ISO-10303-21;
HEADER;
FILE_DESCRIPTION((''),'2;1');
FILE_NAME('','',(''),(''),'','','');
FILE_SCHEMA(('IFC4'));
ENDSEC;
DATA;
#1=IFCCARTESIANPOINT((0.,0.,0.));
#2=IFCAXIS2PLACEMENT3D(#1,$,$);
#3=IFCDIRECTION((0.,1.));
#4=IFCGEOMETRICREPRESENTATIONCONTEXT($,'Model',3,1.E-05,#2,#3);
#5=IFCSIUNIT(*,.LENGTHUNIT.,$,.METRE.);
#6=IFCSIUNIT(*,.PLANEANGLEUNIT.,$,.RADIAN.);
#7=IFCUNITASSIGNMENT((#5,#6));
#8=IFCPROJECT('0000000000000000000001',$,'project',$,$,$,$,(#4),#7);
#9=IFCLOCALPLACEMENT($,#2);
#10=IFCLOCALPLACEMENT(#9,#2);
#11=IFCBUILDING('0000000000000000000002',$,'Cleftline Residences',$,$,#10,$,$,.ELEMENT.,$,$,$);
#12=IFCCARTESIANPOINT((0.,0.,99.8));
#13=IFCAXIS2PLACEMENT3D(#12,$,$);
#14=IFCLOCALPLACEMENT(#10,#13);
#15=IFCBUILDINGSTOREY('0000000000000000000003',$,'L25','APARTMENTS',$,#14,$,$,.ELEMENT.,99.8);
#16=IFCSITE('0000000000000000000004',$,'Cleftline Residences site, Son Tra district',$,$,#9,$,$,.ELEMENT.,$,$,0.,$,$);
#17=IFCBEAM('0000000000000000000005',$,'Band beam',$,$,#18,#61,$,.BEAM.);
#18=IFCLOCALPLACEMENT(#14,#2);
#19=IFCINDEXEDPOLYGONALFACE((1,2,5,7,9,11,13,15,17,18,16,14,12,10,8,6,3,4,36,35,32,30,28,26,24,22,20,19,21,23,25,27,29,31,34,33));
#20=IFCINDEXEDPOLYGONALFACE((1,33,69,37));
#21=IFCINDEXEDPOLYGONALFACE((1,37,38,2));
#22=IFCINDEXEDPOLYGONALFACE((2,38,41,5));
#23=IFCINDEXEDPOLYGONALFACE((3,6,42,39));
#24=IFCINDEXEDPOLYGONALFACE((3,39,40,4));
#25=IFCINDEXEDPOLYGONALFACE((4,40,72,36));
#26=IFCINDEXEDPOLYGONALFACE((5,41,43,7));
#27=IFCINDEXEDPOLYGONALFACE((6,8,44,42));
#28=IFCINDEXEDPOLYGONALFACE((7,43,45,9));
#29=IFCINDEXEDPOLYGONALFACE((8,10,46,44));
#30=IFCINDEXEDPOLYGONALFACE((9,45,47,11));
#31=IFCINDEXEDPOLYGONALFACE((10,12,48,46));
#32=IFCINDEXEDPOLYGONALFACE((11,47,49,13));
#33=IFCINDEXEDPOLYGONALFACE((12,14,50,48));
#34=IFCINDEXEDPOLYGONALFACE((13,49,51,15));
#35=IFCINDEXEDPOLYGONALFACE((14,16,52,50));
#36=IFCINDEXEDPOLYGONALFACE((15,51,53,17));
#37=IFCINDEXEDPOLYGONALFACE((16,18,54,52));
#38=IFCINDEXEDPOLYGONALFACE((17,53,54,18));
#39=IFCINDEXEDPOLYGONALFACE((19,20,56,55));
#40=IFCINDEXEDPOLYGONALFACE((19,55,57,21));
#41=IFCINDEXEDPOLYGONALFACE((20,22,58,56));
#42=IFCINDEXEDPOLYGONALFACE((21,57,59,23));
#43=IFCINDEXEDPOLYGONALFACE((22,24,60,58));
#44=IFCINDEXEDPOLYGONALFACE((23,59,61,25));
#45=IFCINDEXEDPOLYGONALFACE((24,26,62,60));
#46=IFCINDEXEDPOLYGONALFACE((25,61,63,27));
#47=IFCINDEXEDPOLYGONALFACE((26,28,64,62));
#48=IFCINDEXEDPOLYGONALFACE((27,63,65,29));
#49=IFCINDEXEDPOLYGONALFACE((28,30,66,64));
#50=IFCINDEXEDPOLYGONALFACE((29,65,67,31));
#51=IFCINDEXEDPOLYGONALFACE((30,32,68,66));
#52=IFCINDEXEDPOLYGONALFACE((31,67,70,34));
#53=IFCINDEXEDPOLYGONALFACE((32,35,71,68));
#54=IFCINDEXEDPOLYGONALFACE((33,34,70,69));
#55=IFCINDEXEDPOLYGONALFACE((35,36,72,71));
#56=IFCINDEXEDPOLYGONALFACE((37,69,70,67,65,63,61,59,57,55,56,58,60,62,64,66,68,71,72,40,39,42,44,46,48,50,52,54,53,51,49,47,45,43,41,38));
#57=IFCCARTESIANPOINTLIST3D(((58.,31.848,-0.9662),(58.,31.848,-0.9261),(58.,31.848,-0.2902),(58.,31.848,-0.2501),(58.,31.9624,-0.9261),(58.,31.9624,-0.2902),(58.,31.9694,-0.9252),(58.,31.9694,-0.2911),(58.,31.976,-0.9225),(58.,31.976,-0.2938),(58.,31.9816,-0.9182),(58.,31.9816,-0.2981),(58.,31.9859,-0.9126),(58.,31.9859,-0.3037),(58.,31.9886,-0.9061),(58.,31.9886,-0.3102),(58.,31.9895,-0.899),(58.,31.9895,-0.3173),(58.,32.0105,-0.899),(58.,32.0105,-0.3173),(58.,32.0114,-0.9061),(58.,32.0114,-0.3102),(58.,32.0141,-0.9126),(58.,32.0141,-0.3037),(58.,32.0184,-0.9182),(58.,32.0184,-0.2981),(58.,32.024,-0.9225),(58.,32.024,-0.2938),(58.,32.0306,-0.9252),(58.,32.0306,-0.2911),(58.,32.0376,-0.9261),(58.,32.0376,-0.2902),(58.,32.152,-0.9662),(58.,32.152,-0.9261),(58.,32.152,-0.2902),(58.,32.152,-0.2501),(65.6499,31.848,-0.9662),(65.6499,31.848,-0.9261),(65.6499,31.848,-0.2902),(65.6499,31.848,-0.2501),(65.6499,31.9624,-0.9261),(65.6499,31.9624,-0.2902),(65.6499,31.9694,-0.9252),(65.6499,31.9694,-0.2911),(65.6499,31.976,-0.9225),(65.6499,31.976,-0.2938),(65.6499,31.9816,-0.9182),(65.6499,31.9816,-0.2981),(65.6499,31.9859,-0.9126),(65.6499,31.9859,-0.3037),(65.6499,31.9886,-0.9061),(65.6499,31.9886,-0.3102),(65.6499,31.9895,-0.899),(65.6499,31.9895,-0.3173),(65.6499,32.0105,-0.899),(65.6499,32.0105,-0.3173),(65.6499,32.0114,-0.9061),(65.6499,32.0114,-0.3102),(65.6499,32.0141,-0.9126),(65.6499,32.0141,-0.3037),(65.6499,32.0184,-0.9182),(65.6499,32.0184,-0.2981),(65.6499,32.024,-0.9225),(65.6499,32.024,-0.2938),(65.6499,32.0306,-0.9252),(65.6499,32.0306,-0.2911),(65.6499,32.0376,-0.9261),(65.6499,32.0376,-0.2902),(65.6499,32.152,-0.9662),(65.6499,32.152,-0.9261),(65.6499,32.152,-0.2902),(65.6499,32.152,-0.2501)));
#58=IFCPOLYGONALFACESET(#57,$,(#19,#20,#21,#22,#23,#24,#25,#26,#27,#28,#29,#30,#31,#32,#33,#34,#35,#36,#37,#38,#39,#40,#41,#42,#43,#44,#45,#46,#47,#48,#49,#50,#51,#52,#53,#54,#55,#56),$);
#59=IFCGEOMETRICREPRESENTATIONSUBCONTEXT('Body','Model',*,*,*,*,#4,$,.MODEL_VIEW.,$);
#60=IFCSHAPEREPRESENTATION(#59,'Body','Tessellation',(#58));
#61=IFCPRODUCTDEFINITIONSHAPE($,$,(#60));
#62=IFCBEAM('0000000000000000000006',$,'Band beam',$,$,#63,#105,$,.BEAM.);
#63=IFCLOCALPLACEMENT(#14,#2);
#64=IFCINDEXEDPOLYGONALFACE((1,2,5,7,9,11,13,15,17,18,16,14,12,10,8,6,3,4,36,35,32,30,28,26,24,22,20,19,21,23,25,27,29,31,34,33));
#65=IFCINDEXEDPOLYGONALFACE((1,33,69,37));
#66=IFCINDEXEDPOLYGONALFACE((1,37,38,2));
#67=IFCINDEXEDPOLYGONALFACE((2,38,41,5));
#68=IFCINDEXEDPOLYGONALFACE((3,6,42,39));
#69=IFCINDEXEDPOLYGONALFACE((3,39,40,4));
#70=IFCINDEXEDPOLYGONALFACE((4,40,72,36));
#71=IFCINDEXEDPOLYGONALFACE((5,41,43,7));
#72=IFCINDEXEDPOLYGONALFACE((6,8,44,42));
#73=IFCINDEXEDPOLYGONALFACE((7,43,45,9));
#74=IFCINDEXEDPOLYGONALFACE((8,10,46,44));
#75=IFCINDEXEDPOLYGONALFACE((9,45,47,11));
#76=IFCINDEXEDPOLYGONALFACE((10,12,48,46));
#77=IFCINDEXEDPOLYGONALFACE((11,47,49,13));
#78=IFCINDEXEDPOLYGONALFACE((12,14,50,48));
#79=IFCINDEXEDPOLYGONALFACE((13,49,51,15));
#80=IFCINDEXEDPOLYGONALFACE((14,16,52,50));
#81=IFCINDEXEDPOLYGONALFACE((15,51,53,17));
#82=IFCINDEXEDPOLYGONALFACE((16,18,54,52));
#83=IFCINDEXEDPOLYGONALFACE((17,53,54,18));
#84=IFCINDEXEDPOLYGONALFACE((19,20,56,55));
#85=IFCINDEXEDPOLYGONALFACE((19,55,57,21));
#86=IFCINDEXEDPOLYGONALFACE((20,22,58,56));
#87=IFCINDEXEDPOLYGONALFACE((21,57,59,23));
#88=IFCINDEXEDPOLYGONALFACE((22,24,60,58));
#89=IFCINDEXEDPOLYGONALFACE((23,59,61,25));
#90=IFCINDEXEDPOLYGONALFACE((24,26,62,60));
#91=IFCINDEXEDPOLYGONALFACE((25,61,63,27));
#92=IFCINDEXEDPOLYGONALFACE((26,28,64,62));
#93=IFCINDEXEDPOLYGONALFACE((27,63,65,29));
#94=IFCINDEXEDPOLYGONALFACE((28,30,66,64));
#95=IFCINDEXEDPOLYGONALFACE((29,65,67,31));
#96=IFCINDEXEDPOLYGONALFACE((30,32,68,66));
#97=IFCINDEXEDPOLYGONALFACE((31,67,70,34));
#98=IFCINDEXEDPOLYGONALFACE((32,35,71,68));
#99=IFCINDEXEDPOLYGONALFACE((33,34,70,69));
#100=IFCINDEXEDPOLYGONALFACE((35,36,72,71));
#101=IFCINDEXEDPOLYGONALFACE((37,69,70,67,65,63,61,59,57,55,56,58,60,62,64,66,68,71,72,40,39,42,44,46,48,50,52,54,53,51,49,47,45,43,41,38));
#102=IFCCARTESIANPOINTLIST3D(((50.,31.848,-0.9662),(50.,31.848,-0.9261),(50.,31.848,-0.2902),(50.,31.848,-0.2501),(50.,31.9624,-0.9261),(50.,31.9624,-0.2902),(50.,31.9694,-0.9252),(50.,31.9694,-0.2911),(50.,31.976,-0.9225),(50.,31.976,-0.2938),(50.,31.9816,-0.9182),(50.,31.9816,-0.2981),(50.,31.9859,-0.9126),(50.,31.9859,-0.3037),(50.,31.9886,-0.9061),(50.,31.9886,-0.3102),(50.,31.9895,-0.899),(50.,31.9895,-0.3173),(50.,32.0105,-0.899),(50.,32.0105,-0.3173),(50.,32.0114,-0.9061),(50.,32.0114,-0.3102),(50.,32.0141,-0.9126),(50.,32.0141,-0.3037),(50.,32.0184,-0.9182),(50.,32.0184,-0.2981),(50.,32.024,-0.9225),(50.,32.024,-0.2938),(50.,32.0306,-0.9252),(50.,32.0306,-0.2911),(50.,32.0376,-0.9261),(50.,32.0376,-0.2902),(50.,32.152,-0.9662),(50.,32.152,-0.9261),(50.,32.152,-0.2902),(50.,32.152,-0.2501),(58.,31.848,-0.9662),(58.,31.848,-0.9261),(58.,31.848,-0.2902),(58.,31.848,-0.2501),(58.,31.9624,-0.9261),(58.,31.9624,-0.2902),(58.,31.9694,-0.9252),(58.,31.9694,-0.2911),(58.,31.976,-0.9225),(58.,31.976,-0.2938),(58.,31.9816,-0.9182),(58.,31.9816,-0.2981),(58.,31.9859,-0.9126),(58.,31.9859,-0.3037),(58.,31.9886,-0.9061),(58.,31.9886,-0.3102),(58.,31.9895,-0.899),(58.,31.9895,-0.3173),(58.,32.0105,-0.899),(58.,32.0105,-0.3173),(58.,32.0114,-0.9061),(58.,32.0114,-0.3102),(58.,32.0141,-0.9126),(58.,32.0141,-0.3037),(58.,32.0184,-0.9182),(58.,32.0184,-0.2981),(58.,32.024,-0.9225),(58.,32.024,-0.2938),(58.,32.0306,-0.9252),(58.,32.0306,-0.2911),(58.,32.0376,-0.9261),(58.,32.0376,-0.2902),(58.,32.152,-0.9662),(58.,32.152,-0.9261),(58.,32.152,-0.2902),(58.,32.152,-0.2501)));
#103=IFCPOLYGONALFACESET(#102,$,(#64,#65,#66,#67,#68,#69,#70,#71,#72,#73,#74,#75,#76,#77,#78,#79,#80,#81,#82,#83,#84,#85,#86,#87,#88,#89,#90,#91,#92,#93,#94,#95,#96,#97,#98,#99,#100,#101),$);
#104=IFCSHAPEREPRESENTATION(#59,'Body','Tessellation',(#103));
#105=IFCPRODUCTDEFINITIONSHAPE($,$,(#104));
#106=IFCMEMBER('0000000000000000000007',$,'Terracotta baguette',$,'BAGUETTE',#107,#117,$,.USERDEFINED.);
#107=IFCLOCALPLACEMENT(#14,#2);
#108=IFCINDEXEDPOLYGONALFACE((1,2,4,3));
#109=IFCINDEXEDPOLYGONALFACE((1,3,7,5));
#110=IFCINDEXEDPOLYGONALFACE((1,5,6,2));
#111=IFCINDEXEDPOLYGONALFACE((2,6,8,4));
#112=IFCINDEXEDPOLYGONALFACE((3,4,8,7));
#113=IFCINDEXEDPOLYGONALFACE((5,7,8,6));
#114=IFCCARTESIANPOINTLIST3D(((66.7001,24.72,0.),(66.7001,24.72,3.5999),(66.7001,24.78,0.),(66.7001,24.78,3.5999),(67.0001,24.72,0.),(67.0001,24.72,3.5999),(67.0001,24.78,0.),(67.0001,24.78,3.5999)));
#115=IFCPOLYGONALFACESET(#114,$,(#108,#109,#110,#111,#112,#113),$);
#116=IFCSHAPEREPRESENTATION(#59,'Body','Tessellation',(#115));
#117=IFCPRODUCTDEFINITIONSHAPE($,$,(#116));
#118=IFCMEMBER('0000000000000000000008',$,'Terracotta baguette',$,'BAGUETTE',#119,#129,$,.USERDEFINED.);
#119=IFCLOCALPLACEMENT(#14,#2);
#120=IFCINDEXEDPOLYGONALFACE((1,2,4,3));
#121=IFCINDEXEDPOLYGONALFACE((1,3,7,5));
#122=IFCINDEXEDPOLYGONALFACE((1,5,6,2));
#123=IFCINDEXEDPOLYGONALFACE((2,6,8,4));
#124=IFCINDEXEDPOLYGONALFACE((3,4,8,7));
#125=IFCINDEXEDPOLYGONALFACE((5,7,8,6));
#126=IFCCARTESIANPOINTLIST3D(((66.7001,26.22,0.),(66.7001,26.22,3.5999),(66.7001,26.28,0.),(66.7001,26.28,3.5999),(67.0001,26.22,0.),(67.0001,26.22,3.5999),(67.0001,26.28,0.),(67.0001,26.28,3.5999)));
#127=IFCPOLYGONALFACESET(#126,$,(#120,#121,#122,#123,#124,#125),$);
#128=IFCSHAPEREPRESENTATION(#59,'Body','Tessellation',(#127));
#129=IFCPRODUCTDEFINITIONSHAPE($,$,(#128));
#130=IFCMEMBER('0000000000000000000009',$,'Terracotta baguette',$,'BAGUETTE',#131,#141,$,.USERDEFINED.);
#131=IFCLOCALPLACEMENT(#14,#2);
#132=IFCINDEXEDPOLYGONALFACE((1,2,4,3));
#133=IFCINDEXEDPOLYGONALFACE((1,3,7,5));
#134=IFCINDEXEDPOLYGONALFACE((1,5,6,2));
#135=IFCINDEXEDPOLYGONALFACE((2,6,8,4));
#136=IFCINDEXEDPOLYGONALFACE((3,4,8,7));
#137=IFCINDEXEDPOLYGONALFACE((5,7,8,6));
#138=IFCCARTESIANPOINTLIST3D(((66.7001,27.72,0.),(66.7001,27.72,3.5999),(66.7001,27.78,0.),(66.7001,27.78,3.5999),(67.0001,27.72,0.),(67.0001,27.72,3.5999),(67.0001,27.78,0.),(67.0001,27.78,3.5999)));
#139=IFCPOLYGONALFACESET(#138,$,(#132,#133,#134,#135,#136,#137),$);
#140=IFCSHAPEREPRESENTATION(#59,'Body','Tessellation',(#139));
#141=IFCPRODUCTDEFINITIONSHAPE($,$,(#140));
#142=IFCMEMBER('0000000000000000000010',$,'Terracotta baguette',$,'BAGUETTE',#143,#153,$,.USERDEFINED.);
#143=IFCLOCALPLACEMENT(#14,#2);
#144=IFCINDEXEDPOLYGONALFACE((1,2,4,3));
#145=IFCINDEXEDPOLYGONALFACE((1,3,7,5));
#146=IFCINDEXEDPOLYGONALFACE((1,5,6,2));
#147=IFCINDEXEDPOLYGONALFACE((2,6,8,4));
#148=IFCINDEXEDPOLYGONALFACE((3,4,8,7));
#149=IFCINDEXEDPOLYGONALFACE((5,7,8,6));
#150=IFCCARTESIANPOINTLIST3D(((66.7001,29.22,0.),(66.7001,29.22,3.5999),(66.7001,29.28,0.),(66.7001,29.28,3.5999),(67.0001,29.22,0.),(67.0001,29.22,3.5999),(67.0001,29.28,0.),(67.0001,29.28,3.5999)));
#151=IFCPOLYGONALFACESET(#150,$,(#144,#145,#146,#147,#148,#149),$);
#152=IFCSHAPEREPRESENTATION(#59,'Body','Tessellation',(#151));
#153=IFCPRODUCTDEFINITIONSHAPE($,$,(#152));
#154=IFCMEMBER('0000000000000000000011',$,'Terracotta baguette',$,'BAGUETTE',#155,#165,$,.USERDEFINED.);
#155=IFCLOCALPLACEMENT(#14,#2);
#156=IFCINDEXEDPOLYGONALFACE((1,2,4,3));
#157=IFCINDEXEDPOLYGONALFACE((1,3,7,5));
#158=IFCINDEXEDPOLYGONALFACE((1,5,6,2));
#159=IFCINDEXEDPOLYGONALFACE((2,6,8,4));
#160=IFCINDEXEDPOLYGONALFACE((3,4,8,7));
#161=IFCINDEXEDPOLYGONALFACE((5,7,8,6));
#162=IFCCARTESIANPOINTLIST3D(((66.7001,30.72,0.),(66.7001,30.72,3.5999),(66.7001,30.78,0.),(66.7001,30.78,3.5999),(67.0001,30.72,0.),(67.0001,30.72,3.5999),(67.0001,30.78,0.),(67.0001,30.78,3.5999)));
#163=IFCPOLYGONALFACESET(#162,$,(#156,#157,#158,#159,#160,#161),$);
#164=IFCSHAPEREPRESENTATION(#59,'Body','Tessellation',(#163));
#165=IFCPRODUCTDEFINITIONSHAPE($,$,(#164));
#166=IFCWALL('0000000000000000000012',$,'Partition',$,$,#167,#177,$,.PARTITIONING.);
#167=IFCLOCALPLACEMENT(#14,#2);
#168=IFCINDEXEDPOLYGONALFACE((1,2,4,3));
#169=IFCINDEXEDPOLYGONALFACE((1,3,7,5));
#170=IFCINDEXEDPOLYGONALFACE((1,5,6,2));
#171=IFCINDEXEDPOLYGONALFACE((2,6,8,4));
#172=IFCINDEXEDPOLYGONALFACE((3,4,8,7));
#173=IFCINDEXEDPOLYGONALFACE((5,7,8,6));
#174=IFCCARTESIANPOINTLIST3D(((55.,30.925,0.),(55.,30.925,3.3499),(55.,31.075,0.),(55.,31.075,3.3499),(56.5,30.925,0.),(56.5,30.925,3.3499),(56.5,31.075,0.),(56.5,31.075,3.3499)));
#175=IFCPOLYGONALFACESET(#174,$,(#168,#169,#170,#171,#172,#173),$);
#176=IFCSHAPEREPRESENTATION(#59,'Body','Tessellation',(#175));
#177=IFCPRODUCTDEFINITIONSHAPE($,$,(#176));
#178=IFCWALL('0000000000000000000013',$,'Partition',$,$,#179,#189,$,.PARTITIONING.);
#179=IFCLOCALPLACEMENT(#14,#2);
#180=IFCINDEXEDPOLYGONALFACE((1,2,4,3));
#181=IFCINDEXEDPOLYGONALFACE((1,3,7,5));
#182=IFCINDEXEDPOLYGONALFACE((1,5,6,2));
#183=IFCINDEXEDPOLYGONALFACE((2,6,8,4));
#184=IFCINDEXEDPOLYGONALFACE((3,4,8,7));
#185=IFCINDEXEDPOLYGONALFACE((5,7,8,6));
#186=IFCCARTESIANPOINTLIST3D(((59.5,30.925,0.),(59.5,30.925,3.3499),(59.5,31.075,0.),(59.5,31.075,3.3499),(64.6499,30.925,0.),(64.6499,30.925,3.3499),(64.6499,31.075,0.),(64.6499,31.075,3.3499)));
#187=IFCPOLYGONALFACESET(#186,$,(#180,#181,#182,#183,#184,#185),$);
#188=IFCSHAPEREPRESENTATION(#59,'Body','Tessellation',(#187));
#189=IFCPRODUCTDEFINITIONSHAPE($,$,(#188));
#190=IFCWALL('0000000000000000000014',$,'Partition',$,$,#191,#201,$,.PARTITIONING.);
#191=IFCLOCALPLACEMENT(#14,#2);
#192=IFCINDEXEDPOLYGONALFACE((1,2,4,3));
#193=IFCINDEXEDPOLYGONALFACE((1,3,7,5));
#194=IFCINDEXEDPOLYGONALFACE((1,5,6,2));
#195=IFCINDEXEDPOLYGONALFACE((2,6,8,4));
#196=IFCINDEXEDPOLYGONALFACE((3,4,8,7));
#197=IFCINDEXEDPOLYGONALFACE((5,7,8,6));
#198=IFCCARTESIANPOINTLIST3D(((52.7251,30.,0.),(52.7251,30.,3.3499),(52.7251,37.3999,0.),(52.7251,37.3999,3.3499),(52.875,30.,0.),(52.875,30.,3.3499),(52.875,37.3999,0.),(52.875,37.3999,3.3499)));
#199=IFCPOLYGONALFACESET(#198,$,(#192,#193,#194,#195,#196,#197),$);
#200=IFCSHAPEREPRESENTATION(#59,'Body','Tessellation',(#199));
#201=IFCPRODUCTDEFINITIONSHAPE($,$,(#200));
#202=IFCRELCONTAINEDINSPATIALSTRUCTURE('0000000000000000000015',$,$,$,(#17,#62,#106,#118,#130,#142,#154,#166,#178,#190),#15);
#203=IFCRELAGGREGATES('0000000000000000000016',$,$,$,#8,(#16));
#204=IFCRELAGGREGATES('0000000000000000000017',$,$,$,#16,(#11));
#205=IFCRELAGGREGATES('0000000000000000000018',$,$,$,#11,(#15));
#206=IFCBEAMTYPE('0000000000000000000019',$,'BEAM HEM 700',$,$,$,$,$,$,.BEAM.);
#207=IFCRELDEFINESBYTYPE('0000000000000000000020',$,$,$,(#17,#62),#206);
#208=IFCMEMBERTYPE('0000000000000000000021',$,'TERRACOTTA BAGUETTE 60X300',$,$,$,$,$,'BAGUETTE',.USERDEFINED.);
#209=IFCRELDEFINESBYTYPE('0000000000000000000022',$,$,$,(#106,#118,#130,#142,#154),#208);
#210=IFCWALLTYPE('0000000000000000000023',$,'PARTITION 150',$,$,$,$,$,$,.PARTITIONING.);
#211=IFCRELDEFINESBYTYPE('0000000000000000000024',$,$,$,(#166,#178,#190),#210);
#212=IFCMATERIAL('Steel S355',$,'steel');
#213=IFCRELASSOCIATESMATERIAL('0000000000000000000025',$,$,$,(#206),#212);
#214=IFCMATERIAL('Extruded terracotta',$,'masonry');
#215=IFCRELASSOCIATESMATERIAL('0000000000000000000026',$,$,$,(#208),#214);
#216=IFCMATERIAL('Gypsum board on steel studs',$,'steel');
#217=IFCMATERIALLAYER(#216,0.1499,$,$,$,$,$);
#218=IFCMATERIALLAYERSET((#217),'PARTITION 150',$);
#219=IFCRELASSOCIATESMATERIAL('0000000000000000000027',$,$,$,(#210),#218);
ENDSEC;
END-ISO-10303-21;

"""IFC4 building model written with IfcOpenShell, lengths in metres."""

from ifc_helpers import new_model, si_unit, direction, frame, frame_2d, origin, origin_2d, place, context, subcontext, project, spatial, rectangle, i_section, extrude, material, layer, layer_set, material_profile, profile_set, type_object, element, save


model = new_model("IFC4")

# Units and contexts
model_context = context("Model", 3, precision=1e-05, world=origin(), true_north=direction((0.0, 1.0)))
body_context = subcontext(model_context, "Body", "Model", "MODEL_VIEW")
ifc_project = project(units=[si_unit("LENGTHUNIT", "METRE"), si_unit("PLANEANGLEUNIT", "RADIAN")], contexts=[model_context])

# Site, building, storey
site_placement = place(None, origin())
site = spatial("IfcSite", under=ifc_project, at=site_placement, Name="Cleftline Residences site, Son Tra district", CompositionType="ELEMENT", RefElevation=0.0)
building_placement = place(site_placement, origin())
building = spatial("IfcBuilding", under=site, at=building_placement, Name="Cleftline Residences", CompositionType="ELEMENT")
storey_placement = place(building_placement, frame((0.0, 0.0, 99.8)))
storey = spatial("IfcBuildingStorey", under=building, at=storey_placement, Name="L25", Description="APARTMENTS", CompositionType="ELEMENT", Elevation=99.8)

# Beams
ifc_material_1 = material(Name="Steel S355", Category="steel")
ifc_material_profile_1 = material_profile(ifc_material_1, i_section(OverallWidth=0.304, OverallDepth=0.7161, WebThickness=0.021, FlangeThickness=0.04, FilletRadius=0.0271, at=origin_2d()))
ifc_profile_set_1 = profile_set([ifc_material_profile_1], Name="Steel S355")
beam_type_1 = type_object("IfcBeamType", Name="BEAM HEM 700", PredefinedType="BEAM", material=ifc_profile_set_1)
beam_1_placement = place(storey_placement, frame((65.6499, 32.0, -0.6082), z_axis=(-1.0, 0.0, 0.0), x_axis=(0.0, -1.0, 0.0)))
element("IfcBeam", 1, at=beam_1_placement, inside=storey, type_object=beam_type_1, Name="Band beam", PredefinedType="BEAM", context=body_context, shape_type="SweptSolid", body=[
    extrude(i_section(OverallWidth=0.304, OverallDepth=0.7161, WebThickness=0.021, FlangeThickness=0.04, FilletRadius=0.0271, at=origin_2d()), origin(), (0.0, 0.0, 1.0), 7.6499),
])
beam_2_placement = place(storey_placement, frame((58.0, 32.0, -0.6082), z_axis=(-1.0, 0.0, 0.0), x_axis=(0.0, -1.0, 0.0)))
element("IfcBeam", 2, at=beam_2_placement, inside=storey, type_object=beam_type_1, Name="Band beam", PredefinedType="BEAM", context=body_context, shape_type="SweptSolid", body=[
    extrude(i_section(OverallWidth=0.304, OverallDepth=0.7161, WebThickness=0.021, FlangeThickness=0.04, FilletRadius=0.0271, at=origin_2d()), origin(), (0.0, 0.0, 1.0), 8.0),
])

# Members
ifc_material_2 = material(Name="Extruded terracotta", Category="masonry")
ifc_material_profile_2 = material_profile(ifc_material_2, rectangle(XDim=0.0601, YDim=0.3, at=origin_2d()))
ifc_profile_set_2 = profile_set([ifc_material_profile_2], Name="Extruded terracotta")
member_type_1 = type_object("IfcMemberType", Name="TERRACOTTA BAGUETTE 60X300", ElementType="BAGUETTE", PredefinedType="USERDEFINED", material=ifc_profile_set_2)
for number, where, z_axis, x_axis, name in (
    (3, (66.8501, 24.75, 0.0), (0.0, 0.0, 1.0), (0.0, 1.0, 0.0), "Terracotta baguette"),
    (4, (66.8501, 26.25, 0.0), (0.0, 0.0, 1.0), (0.0, 1.0, 0.0), "Terracotta baguette"),
    (5, (66.8501, 27.75, 0.0), (0.0, 0.0, 1.0), (0.0, 1.0, 0.0), "Terracotta baguette"),
    (6, (66.8501, 29.25, 0.0), (0.0, 0.0, 1.0), (0.0, 1.0, 0.0), "Terracotta baguette"),
    (7, (66.8501, 30.75, 0.0), (0.0, 0.0, 1.0), (0.0, 1.0, 0.0), "Terracotta baguette"),
):
    element("IfcMember", number, at=place(storey_placement, frame(where, z_axis=z_axis, x_axis=x_axis)), inside=storey, type_object=member_type_1, Name=name, ObjectType="BAGUETTE", PredefinedType="USERDEFINED", context=body_context, shape_type="SweptSolid", body=[
        extrude(rectangle(XDim=0.0601, YDim=0.3, at=origin_2d()), origin(), (0.0, 0.0, 1.0), 3.5999),
    ])

# Walls
ifc_material_3 = material(Name="Gypsum board on steel studs", Category="steel")
ifc_layer_1 = layer(ifc_material_3, 0.1499)
ifc_layer_set_1 = layer_set([ifc_layer_1], Name="PARTITION 150")
wall_type_1 = type_object("IfcWallType", Name="PARTITION 150", PredefinedType="PARTITIONING", material=ifc_layer_set_1)
wall_1_placement = place(storey_placement, frame((55.0, 31.0, 0.0), z_axis=(0.0, 0.0, 1.0), x_axis=(1.0, 0.0, 0.0)))
element("IfcWall", 8, at=wall_1_placement, inside=storey, type_object=wall_type_1, Name="Partition", PredefinedType="PARTITIONING", context=body_context, shape_type="SweptSolid", body=[
    extrude(rectangle(XDim=1.5, YDim=0.1499, at=frame_2d((0.75, 0.0))), origin(), (0.0, 0.0, 1.0), 3.3499),
])
wall_2_placement = place(storey_placement, frame((59.5, 31.0, 0.0), z_axis=(0.0, 0.0, 1.0), x_axis=(1.0, 0.0, 0.0)))
element("IfcWall", 9, at=wall_2_placement, inside=storey, type_object=wall_type_1, Name="Partition", PredefinedType="PARTITIONING", context=body_context, shape_type="SweptSolid", body=[
    extrude(rectangle(XDim=5.1499, YDim=0.1499, at=frame_2d((2.575, 0.0))), origin(), (0.0, 0.0, 1.0), 3.3499),
])
wall_3_placement = place(storey_placement, frame((52.8, 30.0, 0.0), z_axis=(0.0, 0.0, 1.0), x_axis=(0.0, 1.0, 0.0)))
element("IfcWall", 10, at=wall_3_placement, inside=storey, type_object=wall_type_1, Name="Partition", PredefinedType="PARTITIONING", context=body_context, shape_type="SweptSolid", body=[
    extrude(rectangle(XDim=7.3999, YDim=0.1499, at=frame_2d((3.7, 0.0))), origin(), (0.0, 0.0, 1.0), 3.3499),
])

save(model, "model.ifc")
